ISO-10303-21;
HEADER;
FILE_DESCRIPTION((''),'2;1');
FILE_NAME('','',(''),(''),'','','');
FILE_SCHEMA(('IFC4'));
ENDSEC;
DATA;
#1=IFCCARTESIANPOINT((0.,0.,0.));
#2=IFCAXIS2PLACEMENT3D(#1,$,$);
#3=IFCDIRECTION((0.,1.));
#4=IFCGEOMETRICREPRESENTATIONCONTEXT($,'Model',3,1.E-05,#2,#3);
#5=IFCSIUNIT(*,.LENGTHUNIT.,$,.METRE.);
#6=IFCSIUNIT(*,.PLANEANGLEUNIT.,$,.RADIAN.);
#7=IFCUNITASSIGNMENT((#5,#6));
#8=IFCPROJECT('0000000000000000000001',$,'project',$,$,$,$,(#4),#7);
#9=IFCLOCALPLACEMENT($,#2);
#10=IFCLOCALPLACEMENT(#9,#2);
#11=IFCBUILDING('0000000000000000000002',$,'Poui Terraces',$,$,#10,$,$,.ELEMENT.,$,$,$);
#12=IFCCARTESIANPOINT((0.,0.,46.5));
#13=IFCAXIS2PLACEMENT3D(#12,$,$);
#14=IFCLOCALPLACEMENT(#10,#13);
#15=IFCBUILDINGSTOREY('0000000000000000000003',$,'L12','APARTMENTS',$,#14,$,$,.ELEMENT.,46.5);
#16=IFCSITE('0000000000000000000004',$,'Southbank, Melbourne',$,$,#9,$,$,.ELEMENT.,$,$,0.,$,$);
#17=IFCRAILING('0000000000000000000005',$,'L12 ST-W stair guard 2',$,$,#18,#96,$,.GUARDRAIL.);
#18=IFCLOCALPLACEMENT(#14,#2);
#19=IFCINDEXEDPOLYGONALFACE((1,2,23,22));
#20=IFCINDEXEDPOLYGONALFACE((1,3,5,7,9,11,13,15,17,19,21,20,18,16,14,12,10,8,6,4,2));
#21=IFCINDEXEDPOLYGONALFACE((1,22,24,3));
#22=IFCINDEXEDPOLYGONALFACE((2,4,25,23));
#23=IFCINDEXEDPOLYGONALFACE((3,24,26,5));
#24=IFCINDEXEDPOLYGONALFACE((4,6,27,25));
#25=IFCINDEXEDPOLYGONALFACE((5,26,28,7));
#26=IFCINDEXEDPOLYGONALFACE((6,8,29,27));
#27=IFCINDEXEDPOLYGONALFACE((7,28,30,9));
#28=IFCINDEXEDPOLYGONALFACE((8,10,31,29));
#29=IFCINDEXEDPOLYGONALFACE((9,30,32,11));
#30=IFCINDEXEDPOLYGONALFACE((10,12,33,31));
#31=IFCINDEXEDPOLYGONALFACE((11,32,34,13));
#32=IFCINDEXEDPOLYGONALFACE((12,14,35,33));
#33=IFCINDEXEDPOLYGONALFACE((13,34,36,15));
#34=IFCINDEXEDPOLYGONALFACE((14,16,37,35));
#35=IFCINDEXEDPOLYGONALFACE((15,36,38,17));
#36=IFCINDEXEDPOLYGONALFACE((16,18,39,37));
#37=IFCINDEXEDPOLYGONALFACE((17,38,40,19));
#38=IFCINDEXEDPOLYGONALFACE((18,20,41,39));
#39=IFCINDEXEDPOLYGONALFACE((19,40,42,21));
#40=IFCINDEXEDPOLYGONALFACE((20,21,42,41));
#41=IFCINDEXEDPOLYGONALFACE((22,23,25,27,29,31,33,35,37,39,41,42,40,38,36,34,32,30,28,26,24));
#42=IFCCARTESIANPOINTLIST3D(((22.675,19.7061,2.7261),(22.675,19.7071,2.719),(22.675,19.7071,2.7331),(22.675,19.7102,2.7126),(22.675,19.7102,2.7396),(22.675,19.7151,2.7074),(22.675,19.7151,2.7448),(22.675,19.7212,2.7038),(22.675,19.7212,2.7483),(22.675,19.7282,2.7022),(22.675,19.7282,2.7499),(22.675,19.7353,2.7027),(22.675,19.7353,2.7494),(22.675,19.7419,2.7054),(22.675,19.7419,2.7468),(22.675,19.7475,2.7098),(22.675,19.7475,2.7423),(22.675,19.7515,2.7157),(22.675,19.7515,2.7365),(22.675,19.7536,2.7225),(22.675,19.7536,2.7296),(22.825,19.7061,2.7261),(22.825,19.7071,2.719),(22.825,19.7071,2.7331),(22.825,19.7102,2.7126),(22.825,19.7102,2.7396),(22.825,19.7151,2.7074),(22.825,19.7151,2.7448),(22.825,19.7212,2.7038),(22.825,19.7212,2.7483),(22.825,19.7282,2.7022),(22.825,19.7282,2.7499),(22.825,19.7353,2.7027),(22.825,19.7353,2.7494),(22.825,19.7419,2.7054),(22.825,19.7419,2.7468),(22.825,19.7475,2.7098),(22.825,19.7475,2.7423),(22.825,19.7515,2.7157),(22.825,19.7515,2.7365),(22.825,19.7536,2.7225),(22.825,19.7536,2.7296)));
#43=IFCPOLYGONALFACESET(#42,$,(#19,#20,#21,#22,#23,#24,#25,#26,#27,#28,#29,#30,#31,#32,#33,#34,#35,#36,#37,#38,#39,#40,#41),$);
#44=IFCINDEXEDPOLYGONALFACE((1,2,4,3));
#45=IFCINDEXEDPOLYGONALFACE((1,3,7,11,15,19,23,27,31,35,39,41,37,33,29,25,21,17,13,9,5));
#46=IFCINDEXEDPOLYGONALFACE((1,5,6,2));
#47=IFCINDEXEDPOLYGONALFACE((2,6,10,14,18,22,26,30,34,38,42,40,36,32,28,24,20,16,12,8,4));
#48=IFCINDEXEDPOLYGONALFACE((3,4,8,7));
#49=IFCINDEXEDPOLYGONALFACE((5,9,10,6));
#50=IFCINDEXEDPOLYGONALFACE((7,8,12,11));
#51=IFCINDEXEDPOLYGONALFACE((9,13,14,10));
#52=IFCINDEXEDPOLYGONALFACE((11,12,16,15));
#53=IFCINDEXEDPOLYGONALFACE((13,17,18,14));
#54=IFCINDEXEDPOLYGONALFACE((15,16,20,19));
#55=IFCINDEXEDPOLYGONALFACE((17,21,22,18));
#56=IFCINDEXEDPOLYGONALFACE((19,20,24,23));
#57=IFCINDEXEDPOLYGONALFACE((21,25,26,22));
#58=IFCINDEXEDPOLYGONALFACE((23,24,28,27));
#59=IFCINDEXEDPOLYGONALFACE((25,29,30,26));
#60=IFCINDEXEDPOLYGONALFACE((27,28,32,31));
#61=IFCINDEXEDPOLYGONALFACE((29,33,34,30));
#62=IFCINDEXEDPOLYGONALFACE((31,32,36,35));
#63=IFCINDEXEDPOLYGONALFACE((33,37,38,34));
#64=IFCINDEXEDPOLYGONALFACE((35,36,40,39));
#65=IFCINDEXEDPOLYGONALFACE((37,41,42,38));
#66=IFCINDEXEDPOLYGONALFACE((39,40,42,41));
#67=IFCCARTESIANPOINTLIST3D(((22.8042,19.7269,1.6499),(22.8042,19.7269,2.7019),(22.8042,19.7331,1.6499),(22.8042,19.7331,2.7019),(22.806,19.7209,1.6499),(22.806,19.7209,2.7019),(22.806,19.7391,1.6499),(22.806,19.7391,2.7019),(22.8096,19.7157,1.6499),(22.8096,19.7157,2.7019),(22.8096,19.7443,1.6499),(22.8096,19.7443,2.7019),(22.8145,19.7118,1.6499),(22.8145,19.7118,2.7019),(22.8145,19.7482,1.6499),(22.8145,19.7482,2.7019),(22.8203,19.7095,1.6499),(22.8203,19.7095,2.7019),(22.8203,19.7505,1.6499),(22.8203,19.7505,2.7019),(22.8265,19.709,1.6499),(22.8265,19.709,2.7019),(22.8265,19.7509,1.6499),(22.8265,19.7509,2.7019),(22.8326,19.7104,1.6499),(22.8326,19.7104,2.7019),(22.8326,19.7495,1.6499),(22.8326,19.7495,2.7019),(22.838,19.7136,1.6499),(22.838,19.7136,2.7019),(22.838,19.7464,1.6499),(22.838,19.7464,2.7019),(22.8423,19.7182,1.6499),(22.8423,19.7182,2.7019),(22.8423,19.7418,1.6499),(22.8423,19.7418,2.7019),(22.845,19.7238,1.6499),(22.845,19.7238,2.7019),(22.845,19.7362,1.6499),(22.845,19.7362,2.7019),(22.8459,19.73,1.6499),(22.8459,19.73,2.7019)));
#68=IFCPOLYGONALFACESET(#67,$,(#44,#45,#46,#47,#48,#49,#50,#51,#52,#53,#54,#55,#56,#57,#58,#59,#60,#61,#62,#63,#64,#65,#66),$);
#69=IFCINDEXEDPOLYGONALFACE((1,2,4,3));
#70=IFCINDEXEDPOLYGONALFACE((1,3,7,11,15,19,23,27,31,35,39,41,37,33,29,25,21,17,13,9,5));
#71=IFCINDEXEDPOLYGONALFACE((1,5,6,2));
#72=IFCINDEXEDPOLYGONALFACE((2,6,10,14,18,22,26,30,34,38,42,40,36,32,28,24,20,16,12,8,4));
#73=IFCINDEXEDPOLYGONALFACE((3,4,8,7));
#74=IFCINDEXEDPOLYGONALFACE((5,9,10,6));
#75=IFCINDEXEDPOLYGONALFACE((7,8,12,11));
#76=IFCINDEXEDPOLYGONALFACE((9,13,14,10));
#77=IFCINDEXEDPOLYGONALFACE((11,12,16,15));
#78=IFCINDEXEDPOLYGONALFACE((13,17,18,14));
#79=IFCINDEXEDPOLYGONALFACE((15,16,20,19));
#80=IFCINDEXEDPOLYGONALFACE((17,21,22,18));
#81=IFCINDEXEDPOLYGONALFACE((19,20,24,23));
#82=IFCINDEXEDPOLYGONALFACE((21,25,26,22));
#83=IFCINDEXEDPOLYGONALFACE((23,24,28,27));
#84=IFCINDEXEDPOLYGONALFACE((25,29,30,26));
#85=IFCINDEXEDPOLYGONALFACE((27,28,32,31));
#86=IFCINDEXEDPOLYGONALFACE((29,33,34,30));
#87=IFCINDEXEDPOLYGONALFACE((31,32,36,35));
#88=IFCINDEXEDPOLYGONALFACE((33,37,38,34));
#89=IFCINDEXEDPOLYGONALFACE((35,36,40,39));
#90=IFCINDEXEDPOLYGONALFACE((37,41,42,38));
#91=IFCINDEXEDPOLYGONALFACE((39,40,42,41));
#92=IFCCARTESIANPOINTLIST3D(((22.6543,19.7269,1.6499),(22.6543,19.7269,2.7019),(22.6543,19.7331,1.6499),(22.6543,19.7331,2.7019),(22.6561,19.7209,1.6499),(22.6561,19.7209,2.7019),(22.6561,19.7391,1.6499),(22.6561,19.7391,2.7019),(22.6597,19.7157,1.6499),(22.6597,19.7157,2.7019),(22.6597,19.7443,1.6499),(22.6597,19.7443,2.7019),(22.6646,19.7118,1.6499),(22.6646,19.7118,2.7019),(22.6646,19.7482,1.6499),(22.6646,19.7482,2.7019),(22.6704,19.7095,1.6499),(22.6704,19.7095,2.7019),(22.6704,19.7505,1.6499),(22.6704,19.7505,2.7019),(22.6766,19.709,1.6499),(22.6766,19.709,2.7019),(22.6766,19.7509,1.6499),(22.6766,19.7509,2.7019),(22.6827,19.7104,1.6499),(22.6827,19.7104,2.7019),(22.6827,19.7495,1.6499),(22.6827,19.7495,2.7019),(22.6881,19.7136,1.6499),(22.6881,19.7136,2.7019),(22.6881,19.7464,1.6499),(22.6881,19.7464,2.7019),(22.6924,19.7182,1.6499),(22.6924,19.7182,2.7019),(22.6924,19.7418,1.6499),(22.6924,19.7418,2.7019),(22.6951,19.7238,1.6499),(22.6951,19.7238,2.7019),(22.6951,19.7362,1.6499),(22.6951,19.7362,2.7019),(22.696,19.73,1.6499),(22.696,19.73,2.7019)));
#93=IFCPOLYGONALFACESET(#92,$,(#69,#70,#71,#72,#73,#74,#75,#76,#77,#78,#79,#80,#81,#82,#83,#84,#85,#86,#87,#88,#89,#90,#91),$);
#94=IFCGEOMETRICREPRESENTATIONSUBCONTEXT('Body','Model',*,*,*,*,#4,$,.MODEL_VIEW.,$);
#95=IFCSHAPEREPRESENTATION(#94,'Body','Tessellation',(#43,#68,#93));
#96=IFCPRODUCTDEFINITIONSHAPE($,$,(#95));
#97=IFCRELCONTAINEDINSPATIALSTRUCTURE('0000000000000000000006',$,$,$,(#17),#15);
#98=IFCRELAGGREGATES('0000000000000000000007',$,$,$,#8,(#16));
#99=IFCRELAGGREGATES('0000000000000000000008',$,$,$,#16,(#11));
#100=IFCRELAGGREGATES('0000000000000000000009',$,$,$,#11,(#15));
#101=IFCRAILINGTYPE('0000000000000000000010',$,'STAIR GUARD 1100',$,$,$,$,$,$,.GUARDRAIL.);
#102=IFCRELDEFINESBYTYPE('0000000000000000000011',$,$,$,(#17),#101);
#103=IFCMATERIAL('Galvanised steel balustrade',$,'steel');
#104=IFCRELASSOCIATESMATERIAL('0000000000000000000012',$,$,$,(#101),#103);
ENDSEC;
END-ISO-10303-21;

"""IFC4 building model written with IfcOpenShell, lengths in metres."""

from ifc_helpers import new_model, si_unit, direction, frame, origin, origin_2d, place, context, subcontext, project, spatial, circle, extrude, material, type_object, element, save


model = new_model("IFC4")

# Units and contexts
model_context = context("Model", 3, precision=1e-05, world=origin(), true_north=direction((0.0, 1.0)))
body_context = subcontext(model_context, "Body", "Model", "MODEL_VIEW")
ifc_project = project(units=[si_unit("LENGTHUNIT", "METRE"), si_unit("PLANEANGLEUNIT", "RADIAN")], contexts=[model_context])

# Site, building, storey
site_placement = place(None, origin())
site = spatial("IfcSite", under=ifc_project, at=site_placement, Name="Southbank, Melbourne", CompositionType="ELEMENT", RefElevation=0.0)
building_placement = place(site_placement, origin())
building = spatial("IfcBuilding", under=site, at=building_placement, Name="Poui Terraces", CompositionType="ELEMENT")
storey_placement = place(building_placement, frame((0.0, 0.0, 46.5)))
storey = spatial("IfcBuildingStorey", under=building, at=storey_placement, Name="L12", Description="APARTMENTS", CompositionType="ELEMENT", Elevation=46.5)

# Railing
ifc_material_1 = material(Name="Galvanised steel balustrade", Category="steel")
railing_type_1 = type_object("IfcRailingType", Name="STAIR GUARD 1100", PredefinedType="GUARDRAIL", material=ifc_material_1)
railing_1_placement = place(storey_placement, frame((22.825, 19.73, 1.6499)))
element("IfcRailing", 1, at=railing_1_placement, inside=storey, type_object=railing_type_1, Name="L12 ST-W stair guard 2", PredefinedType="GUARDRAIL", context=body_context, shape_type="SweptSolid", body=[
    extrude(circle(Radius=0.0239, at=origin_2d()), frame((0.0, 0.0, 1.0762), z_axis=(-1.0, 0.0, 0.0), x_axis=(0.0, -1.0, 0.0)), (0.0, 0.0, 1.0), 0.1499),
    extrude(circle(Radius=0.021, at=origin_2d()), origin(), (0.0, 0.0, 1.0), 1.052),
    extrude(circle(Radius=0.021, at=origin_2d()), frame((-0.1499, 0.0, 0.0)), (0.0, 0.0, 1.0), 1.052),
])

save(model, "model.ifc")
